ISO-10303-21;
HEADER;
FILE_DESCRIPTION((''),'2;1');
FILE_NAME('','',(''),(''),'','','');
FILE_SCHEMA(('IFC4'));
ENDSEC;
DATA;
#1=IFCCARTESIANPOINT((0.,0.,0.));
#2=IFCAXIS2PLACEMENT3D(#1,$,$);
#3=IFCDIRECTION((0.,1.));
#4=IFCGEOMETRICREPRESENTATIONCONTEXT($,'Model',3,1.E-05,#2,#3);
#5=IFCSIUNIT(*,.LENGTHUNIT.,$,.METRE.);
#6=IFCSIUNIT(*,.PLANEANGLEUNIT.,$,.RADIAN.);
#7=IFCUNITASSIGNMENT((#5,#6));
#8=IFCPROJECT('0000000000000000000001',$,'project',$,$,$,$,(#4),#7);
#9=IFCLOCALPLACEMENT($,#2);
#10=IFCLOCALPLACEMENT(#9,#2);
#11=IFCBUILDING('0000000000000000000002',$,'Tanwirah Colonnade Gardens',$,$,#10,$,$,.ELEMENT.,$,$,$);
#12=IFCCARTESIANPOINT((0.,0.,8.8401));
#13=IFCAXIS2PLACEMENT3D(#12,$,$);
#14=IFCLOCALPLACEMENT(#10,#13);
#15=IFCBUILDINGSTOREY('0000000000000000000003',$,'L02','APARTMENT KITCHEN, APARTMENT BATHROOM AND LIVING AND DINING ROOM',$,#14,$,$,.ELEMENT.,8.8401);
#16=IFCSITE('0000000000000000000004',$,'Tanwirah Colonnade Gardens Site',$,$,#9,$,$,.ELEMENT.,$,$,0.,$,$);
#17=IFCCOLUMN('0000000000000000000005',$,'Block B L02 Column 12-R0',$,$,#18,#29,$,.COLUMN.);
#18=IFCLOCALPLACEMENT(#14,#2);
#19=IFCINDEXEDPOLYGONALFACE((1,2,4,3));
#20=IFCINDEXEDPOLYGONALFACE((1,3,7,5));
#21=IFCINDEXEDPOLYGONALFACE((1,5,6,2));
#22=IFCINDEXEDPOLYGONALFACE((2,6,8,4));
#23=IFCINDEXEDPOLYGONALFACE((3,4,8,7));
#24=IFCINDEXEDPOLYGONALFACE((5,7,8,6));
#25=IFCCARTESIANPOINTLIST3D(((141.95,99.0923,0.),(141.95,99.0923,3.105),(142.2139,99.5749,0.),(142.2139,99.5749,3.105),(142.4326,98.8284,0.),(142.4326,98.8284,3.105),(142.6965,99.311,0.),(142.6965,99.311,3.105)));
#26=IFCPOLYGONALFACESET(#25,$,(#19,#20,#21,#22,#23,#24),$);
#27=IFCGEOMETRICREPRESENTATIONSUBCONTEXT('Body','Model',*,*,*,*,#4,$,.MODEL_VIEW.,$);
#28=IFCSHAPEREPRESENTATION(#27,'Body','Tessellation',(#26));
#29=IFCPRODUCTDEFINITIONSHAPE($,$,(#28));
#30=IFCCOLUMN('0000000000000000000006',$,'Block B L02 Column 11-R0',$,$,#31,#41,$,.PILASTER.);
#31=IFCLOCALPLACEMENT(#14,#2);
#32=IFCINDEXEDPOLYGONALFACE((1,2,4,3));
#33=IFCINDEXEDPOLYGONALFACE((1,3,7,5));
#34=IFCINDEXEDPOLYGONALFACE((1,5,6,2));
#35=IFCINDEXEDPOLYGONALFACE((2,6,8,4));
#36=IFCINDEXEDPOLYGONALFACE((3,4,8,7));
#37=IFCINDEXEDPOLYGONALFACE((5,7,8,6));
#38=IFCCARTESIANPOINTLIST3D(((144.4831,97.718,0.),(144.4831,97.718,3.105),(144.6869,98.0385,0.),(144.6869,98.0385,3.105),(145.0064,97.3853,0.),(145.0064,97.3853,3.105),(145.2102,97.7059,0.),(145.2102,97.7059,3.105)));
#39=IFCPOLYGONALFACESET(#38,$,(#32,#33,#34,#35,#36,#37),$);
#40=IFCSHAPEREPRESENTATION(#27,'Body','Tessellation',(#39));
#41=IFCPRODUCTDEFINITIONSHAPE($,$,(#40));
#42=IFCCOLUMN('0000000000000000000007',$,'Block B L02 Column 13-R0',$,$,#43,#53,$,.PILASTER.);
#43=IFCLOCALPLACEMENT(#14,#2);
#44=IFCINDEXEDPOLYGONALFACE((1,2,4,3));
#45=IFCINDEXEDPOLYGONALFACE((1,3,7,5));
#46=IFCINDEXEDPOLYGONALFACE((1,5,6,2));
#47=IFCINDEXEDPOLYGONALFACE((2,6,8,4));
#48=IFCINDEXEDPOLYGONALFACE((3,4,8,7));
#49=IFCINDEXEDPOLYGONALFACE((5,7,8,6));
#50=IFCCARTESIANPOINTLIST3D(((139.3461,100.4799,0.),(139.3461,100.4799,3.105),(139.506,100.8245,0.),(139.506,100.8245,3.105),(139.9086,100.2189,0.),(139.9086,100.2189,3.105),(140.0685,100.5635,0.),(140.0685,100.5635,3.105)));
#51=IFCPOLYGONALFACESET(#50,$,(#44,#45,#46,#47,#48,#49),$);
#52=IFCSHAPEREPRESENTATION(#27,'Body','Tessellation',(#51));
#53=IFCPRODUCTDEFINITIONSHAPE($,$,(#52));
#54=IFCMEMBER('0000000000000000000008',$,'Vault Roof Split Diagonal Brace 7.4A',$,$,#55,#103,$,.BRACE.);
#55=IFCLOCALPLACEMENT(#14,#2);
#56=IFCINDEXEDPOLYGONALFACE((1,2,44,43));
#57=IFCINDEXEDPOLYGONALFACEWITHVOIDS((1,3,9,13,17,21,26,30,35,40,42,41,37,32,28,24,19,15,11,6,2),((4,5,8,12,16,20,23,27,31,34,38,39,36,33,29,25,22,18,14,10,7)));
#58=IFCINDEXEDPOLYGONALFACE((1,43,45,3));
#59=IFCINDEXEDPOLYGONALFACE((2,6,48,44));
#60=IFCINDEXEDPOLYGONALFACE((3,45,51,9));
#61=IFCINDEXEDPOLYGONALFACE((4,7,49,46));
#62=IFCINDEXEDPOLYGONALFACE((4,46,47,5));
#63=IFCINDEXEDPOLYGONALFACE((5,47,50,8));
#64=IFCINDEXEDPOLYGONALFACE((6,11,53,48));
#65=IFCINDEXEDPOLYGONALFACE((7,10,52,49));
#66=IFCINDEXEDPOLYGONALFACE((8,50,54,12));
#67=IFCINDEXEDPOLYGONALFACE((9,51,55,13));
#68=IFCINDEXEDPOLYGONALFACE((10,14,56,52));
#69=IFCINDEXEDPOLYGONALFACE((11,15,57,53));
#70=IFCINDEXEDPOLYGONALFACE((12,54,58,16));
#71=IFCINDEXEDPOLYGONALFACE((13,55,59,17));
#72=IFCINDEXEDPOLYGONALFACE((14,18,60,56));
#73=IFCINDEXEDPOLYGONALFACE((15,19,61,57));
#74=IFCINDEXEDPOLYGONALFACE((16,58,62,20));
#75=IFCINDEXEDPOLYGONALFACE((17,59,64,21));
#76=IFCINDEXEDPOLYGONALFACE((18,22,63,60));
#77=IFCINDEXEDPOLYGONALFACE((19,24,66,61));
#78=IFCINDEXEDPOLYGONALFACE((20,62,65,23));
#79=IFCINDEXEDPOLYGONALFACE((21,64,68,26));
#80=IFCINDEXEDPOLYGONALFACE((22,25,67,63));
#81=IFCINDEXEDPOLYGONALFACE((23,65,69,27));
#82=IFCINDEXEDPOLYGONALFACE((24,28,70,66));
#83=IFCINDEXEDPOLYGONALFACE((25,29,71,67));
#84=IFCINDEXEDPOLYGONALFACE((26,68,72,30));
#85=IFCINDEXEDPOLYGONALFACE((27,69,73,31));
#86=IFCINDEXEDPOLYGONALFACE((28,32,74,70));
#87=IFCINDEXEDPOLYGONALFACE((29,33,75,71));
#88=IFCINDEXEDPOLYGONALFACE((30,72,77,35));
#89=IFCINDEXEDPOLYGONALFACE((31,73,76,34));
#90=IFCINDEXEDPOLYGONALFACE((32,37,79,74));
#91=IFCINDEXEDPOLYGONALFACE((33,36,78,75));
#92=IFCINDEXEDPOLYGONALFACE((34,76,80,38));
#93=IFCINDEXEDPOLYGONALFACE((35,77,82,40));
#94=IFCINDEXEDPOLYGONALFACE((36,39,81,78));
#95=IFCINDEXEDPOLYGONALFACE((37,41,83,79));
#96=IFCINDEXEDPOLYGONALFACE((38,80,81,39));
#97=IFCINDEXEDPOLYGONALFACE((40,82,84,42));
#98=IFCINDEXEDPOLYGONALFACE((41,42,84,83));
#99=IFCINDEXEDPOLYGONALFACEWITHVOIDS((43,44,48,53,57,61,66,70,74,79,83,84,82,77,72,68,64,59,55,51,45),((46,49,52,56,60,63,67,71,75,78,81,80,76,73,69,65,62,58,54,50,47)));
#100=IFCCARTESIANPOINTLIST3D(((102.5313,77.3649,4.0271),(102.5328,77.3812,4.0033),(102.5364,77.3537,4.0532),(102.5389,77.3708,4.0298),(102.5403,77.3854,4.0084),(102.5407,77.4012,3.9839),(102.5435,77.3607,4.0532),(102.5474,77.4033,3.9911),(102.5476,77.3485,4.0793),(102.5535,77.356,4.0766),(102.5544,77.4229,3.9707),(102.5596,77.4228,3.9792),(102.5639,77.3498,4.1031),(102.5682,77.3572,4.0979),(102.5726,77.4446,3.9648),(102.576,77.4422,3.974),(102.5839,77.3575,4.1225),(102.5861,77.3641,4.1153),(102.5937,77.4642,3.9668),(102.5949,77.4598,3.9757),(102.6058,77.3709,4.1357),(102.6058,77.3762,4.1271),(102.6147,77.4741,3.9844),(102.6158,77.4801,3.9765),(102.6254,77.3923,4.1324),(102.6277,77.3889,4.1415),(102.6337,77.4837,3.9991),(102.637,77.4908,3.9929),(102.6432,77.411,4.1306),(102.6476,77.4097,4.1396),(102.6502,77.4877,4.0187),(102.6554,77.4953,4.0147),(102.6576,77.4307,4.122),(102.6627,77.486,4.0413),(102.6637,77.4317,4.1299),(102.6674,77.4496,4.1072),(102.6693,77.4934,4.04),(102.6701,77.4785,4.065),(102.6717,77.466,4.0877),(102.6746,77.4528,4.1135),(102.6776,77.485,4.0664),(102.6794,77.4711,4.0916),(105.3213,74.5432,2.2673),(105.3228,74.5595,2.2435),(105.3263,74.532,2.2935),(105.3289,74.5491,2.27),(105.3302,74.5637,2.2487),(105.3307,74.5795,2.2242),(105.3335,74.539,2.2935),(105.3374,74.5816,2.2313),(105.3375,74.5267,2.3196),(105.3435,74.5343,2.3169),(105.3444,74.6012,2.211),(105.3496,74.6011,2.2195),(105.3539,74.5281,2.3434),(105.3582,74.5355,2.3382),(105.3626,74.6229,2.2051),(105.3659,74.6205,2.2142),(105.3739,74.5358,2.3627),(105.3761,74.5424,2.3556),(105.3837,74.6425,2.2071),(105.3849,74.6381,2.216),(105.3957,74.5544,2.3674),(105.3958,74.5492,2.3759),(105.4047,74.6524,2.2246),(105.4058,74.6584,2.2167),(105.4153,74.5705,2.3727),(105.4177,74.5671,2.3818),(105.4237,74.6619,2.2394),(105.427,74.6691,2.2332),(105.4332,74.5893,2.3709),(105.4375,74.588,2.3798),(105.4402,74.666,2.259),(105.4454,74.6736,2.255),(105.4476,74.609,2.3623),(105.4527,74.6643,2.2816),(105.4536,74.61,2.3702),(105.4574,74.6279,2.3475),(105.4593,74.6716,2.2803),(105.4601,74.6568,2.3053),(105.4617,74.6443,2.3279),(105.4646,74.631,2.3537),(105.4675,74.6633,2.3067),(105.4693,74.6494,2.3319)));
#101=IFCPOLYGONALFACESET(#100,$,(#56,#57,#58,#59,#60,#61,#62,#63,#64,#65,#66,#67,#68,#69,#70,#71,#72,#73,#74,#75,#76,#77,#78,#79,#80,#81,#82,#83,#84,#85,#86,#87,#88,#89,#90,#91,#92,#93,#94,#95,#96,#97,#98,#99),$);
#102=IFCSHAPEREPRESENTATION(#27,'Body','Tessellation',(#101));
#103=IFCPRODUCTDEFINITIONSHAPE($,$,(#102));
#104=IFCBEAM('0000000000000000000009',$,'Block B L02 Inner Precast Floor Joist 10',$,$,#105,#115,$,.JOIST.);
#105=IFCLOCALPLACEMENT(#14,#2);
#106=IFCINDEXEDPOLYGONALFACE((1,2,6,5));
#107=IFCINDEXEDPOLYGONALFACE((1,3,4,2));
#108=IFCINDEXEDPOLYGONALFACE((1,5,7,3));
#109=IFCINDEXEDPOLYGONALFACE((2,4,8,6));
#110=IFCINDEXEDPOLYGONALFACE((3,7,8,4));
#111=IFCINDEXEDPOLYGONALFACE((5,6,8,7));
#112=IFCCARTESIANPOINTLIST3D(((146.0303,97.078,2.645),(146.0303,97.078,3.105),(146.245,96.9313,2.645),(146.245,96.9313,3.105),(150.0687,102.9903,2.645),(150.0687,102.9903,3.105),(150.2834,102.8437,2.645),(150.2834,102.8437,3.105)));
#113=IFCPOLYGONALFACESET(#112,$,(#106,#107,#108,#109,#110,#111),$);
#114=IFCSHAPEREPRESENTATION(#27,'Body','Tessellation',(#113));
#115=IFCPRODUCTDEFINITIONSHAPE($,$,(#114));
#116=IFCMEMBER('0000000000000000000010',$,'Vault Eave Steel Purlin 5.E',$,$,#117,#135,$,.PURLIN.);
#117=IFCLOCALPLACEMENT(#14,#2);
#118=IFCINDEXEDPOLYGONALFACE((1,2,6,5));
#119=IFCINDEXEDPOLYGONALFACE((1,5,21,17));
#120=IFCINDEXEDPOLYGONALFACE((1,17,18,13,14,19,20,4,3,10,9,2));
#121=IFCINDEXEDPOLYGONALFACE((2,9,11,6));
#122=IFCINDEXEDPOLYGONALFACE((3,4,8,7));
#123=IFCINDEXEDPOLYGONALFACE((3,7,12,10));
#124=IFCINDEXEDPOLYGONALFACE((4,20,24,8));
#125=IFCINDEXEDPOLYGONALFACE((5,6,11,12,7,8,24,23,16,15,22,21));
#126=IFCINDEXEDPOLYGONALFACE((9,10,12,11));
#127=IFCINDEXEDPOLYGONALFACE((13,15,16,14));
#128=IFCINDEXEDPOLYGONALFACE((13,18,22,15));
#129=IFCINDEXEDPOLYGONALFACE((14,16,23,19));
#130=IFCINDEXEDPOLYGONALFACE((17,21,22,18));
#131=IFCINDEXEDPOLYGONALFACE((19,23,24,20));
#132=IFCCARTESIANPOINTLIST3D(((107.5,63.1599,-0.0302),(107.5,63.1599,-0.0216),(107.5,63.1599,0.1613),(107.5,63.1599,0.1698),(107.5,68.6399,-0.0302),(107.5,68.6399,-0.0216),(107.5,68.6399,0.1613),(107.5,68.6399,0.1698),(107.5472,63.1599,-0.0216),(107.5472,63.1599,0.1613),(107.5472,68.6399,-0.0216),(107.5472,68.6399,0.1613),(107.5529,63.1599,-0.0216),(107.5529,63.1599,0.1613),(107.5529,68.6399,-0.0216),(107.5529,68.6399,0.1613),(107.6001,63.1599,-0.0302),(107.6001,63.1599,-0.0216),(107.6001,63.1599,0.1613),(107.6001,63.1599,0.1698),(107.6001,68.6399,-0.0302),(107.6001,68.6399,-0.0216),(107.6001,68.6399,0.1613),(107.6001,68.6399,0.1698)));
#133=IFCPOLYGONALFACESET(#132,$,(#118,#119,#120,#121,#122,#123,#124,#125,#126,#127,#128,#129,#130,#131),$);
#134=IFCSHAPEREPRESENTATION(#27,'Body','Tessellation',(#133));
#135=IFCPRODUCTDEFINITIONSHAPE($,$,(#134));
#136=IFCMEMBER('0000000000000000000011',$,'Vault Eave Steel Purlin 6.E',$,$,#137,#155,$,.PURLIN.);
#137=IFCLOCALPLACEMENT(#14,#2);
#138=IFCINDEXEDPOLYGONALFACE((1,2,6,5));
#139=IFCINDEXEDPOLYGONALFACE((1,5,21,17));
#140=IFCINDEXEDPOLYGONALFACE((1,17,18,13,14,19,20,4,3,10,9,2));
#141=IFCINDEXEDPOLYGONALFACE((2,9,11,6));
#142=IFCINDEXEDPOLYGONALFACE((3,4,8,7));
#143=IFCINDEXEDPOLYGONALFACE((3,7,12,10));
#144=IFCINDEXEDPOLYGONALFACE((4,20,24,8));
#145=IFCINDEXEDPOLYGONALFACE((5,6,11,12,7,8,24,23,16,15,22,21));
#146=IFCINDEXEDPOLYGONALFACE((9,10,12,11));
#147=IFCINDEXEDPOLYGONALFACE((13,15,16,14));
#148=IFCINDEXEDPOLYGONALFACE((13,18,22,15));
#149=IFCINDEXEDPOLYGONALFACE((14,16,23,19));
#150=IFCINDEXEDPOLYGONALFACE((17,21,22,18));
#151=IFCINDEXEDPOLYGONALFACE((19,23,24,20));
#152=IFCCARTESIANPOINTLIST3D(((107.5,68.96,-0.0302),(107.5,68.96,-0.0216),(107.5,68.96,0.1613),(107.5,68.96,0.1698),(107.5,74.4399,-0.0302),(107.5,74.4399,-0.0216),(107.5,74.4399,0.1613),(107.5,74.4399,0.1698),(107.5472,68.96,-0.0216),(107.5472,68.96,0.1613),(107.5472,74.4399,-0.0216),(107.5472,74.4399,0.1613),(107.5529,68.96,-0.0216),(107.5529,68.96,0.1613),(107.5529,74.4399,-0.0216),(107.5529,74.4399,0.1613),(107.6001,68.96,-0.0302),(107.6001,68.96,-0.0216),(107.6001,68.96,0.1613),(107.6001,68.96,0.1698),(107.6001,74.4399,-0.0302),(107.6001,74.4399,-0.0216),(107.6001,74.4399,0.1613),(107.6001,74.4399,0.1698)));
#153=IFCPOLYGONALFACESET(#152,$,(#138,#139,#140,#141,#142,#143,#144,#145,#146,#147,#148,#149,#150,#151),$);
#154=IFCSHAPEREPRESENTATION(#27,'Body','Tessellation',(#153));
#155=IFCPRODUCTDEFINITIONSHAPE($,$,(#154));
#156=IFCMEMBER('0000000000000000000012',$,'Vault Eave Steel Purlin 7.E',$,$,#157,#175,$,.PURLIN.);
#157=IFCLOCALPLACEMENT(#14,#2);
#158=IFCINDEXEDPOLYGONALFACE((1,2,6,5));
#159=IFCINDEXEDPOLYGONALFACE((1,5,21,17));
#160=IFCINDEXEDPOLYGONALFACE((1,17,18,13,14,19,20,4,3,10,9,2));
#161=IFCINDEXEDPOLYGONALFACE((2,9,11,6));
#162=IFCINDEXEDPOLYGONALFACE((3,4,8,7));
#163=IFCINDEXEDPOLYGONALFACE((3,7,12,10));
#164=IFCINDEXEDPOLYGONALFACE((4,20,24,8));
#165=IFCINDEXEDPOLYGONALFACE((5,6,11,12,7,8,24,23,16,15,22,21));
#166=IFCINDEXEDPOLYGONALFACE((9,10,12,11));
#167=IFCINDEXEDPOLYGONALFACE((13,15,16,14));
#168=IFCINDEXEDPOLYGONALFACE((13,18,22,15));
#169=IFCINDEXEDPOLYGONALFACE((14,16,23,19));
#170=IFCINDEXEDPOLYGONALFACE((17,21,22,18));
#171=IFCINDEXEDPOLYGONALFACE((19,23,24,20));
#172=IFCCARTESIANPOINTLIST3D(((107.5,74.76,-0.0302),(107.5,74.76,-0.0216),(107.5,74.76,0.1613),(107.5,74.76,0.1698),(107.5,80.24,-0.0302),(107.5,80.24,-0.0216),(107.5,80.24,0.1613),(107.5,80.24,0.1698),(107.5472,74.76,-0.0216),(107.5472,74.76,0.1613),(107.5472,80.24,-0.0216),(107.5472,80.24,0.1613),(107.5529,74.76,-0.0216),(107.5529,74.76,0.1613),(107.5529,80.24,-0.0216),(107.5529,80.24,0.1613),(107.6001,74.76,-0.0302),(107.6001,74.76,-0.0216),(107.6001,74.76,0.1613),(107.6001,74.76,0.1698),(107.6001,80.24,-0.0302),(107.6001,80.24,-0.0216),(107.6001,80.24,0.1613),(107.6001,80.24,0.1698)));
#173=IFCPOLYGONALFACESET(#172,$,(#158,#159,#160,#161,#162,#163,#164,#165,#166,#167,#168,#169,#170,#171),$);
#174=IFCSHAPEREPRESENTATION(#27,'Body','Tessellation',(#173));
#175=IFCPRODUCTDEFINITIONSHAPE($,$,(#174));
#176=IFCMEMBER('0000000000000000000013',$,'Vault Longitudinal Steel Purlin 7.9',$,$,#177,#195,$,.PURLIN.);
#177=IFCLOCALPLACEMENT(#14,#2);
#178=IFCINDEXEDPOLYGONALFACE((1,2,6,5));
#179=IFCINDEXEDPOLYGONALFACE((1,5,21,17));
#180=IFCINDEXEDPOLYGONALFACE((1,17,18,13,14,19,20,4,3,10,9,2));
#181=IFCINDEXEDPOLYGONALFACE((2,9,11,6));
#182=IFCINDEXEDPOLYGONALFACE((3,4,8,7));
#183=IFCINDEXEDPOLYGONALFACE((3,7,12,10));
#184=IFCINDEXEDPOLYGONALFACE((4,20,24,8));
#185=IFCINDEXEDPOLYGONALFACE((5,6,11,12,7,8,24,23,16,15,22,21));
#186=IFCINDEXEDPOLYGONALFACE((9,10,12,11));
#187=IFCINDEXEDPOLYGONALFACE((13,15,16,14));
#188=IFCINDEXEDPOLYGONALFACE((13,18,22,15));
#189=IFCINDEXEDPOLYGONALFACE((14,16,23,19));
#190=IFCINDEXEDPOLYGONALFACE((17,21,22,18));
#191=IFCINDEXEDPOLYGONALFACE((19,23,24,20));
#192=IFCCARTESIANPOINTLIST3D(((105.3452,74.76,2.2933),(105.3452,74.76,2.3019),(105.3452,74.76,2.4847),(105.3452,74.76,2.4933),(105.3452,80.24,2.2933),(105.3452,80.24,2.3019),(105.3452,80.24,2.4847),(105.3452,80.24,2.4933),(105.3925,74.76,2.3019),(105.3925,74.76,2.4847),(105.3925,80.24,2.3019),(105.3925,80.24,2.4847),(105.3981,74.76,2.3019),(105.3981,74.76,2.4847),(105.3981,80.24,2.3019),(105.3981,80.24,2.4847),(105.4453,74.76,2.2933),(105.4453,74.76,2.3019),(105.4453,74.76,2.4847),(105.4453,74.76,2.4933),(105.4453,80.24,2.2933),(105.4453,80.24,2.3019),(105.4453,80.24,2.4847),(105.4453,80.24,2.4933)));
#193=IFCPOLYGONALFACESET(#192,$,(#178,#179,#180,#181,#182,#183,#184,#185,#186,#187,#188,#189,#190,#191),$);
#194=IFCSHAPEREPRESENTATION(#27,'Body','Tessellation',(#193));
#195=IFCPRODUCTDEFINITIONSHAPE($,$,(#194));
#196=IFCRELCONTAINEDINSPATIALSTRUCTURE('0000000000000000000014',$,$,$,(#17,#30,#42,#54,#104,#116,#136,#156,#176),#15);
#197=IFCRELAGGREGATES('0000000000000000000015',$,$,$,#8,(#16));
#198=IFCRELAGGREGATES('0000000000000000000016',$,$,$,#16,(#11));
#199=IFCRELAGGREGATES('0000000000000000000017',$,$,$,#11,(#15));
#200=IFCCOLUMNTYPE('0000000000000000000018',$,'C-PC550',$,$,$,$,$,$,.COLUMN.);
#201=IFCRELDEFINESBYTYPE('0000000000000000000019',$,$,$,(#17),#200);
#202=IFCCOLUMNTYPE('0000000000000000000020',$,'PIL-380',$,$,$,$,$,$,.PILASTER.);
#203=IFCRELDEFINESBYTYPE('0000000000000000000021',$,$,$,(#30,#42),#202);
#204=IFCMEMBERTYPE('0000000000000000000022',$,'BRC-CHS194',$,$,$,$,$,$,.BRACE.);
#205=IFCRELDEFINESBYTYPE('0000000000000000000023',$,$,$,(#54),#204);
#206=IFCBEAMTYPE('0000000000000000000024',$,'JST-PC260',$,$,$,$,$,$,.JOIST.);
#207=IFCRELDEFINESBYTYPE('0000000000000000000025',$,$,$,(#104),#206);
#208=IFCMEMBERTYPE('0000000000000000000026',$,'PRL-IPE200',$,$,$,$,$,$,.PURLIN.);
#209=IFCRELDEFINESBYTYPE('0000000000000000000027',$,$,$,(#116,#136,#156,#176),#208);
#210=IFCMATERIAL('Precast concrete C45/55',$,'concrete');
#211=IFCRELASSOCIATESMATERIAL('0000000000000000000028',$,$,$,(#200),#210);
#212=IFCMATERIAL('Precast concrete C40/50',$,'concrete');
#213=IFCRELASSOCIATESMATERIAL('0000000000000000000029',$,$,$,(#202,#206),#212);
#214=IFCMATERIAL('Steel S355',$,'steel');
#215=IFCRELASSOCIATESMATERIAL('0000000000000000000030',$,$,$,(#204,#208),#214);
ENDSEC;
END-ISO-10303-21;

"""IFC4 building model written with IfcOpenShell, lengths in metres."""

from ifc_helpers import new_model, si_unit, direction, frame, origin, origin_2d, place, context, subcontext, project, spatial, rectangle, hollow_circle, i_section, extrude, material, material_profile, profile_set, type_object, element, save


model = new_model("IFC4")

# Units and contexts
model_context = context("Model", 3, precision=1e-05, world=origin(), true_north=direction((0.0, 1.0)))
body_context = subcontext(model_context, "Body", "Model", "MODEL_VIEW")
ifc_project = project(units=[si_unit("LENGTHUNIT", "METRE"), si_unit("PLANEANGLEUNIT", "RADIAN")], contexts=[model_context])

# Site, building, storey
site_placement = place(None, origin())
site = spatial("IfcSite", under=ifc_project, at=site_placement, Name="Tanwirah Colonnade Gardens Site", CompositionType="ELEMENT", RefElevation=0.0)
building_placement = place(site_placement, origin())
building = spatial("IfcBuilding", under=site, at=building_placement, Name="Tanwirah Colonnade Gardens", CompositionType="ELEMENT")
storey_placement = place(building_placement, frame((0.0, 0.0, 8.8401)))
storey = spatial("IfcBuildingStorey", under=building, at=storey_placement, Name="L02", Description="APARTMENT KITCHEN, APARTMENT BATHROOM AND LIVING AND DINING ROOM", CompositionType="ELEMENT", Elevation=8.8401)

# Columns
ifc_material_1 = material(Name="Precast concrete C45/55", Category="concrete")
ifc_material_profile_1 = material_profile(ifc_material_1, rectangle(XDim=0.55, YDim=0.55, at=origin_2d()), Name="PC-COL 550x550")
ifc_profile_set_1 = profile_set([ifc_material_profile_1], Name="Precast concrete C45/55")
column_type_1 = type_object("IfcColumnType", Name="C-PC550", PredefinedType="COLUMN", material=ifc_profile_set_1)
column_placement = place(storey_placement, frame((142.3232, 99.2017, 0.0), z_axis=(0.0, 0.0, 1.0), x_axis=(0.479713, 0.877425, 0.0)))
element("IfcColumn", 1, at=column_placement, inside=storey, type_object=column_type_1, Name="Block B L02 Column 12-R0", PredefinedType="COLUMN", context=body_context, shape_type="SweptSolid", body=[
    extrude(rectangle(XDim=0.55, YDim=0.55, at=origin_2d()), origin(), (0.0, 0.0, 1.0), 3.105),
])
ifc_material_2 = material(Name="Precast concrete C40/50", Category="concrete")
ifc_material_profile_2 = material_profile(ifc_material_2, rectangle(XDim=0.3799, YDim=0.6201, at=origin_2d()), Name="PC-PIL 380x620")
ifc_profile_set_2 = profile_set([ifc_material_profile_2], Name="Precast concrete C40/50")
column_type_2 = type_object("IfcColumnType", Name="PIL-380", PredefinedType="PILASTER", material=ifc_profile_set_2)
for number, where, z_axis, x_axis, name in (
    (2, (144.8467, 97.7119, 0.0), (0.0, 0.0, 1.0), (0.536482, 0.843912, 0.0), "Block B L02 Column 11-R0"),
    (3, (139.7073, 100.5217, 0.0), (0.0, 0.0, 1.0), (0.42086, 0.907126, 0.0), "Block B L02 Column 13-R0"),
):
    element("IfcColumn", number, at=place(storey_placement, frame(where, z_axis=z_axis, x_axis=x_axis)), inside=storey, type_object=column_type_2, Name=name, PredefinedType="PILASTER", context=body_context, shape_type="SweptSolid", body=[
        extrude(rectangle(XDim=0.3799, YDim=0.6201, at=origin_2d()), origin(), (0.0, 0.0, 1.0), 3.105),
    ])

# Member
ifc_material_3 = material(Name="Steel S355", Category="steel")
ifc_material_profile_3 = material_profile(ifc_material_3, hollow_circle(Radius=0.0969, WallThickness=0.01, at=origin_2d()), Name="CHS 193.7x10")
ifc_profile_set_3 = profile_set([ifc_material_profile_3], Name="Steel S355")
member_type_1 = type_object("IfcMemberType", Name="BRC-CHS194", PredefinedType="BRACE", material=ifc_profile_set_3)
member_1_placement = place(storey_placement, frame((105.3953, 74.6001, 2.2935), z_axis=(-0.642731, 0.650042, 0.405391), x_axis=(-0.711095, -0.703096, 0.0)))
element("IfcMember", 4, at=member_1_placement, inside=storey, type_object=member_type_1, Name="Vault Roof Split Diagonal Brace 7.4A", PredefinedType="BRACE", context=body_context, shape_type="SweptSolid", body=[
    extrude(hollow_circle(Radius=0.0969, WallThickness=0.01, at=origin_2d()), origin(), (0.0, 0.0, 1.0), 4.3408),
])

# Beam
ifc_material_profile_4 = material_profile(ifc_material_2, rectangle(XDim=0.26, YDim=0.46, at=origin_2d()), Name="PC-JST 260x460")
ifc_profile_set_4 = profile_set([ifc_material_profile_4], Name="Precast concrete C40/50")
beam_type_1 = type_object("IfcBeamType", Name="JST-PC260", PredefinedType="JOIST", material=ifc_profile_set_4)
beam_placement = place(storey_placement, frame((146.1377, 97.0046, 2.875), z_axis=(0.564021, 0.82576, 0.0), x_axis=(-0.82576, 0.564021, 0.0)))
element("IfcBeam", 5, at=beam_placement, inside=storey, type_object=beam_type_1, Name="Block B L02 Inner Precast Floor Joist 10", PredefinedType="JOIST", context=body_context, shape_type="SweptSolid", body=[
    extrude(rectangle(XDim=0.26, YDim=0.46, at=origin_2d()), origin(), (0.0, 0.0, 1.0), 7.1599),
])

# Members
ifc_material_profile_5 = material_profile(ifc_material_3, i_section(OverallWidth=0.1001, OverallDepth=0.2, WebThickness=0.0056, FlangeThickness=0.0085, at=origin_2d()), Name="IPE 200")
ifc_profile_set_5 = profile_set([ifc_material_profile_5], Name="Steel S355")
member_type_2 = type_object("IfcMemberType", Name="PRL-IPE200", PredefinedType="PURLIN", material=ifc_profile_set_5)
for number, where, z_axis, x_axis, name in (
    (6, (107.55, 63.1599, 0.0698), (0.0, 1.0, 0.0), (-1.0, 0.0, 0.0), "Vault Eave Steel Purlin 5.E"),
    (7, (107.55, 68.96, 0.0698), (0.0, 1.0, 0.0), (-1.0, 0.0, 0.0), "Vault Eave Steel Purlin 6.E"),
    (8, (107.55, 74.76, 0.0698), (0.0, 1.0, 0.0), (-1.0, 0.0, 0.0), "Vault Eave Steel Purlin 7.E"),
    (9, (105.3953, 74.76, 2.3933), (0.0, 1.0, 0.0), (-1.0, 0.0, 0.0), "Vault Longitudinal Steel Purlin 7.9"),
):
    element("IfcMember", number, at=place(storey_placement, frame(where, z_axis=z_axis, x_axis=x_axis)), inside=storey, type_object=member_type_2, Name=name, PredefinedType="PURLIN", context=body_context, shape_type="SweptSolid", body=[
        extrude(i_section(OverallWidth=0.1001, OverallDepth=0.2, WebThickness=0.0056, FlangeThickness=0.0085, at=origin_2d()), origin(), (0.0, 0.0, 1.0), 5.48),
    ])

save(model, "model.ifc")
